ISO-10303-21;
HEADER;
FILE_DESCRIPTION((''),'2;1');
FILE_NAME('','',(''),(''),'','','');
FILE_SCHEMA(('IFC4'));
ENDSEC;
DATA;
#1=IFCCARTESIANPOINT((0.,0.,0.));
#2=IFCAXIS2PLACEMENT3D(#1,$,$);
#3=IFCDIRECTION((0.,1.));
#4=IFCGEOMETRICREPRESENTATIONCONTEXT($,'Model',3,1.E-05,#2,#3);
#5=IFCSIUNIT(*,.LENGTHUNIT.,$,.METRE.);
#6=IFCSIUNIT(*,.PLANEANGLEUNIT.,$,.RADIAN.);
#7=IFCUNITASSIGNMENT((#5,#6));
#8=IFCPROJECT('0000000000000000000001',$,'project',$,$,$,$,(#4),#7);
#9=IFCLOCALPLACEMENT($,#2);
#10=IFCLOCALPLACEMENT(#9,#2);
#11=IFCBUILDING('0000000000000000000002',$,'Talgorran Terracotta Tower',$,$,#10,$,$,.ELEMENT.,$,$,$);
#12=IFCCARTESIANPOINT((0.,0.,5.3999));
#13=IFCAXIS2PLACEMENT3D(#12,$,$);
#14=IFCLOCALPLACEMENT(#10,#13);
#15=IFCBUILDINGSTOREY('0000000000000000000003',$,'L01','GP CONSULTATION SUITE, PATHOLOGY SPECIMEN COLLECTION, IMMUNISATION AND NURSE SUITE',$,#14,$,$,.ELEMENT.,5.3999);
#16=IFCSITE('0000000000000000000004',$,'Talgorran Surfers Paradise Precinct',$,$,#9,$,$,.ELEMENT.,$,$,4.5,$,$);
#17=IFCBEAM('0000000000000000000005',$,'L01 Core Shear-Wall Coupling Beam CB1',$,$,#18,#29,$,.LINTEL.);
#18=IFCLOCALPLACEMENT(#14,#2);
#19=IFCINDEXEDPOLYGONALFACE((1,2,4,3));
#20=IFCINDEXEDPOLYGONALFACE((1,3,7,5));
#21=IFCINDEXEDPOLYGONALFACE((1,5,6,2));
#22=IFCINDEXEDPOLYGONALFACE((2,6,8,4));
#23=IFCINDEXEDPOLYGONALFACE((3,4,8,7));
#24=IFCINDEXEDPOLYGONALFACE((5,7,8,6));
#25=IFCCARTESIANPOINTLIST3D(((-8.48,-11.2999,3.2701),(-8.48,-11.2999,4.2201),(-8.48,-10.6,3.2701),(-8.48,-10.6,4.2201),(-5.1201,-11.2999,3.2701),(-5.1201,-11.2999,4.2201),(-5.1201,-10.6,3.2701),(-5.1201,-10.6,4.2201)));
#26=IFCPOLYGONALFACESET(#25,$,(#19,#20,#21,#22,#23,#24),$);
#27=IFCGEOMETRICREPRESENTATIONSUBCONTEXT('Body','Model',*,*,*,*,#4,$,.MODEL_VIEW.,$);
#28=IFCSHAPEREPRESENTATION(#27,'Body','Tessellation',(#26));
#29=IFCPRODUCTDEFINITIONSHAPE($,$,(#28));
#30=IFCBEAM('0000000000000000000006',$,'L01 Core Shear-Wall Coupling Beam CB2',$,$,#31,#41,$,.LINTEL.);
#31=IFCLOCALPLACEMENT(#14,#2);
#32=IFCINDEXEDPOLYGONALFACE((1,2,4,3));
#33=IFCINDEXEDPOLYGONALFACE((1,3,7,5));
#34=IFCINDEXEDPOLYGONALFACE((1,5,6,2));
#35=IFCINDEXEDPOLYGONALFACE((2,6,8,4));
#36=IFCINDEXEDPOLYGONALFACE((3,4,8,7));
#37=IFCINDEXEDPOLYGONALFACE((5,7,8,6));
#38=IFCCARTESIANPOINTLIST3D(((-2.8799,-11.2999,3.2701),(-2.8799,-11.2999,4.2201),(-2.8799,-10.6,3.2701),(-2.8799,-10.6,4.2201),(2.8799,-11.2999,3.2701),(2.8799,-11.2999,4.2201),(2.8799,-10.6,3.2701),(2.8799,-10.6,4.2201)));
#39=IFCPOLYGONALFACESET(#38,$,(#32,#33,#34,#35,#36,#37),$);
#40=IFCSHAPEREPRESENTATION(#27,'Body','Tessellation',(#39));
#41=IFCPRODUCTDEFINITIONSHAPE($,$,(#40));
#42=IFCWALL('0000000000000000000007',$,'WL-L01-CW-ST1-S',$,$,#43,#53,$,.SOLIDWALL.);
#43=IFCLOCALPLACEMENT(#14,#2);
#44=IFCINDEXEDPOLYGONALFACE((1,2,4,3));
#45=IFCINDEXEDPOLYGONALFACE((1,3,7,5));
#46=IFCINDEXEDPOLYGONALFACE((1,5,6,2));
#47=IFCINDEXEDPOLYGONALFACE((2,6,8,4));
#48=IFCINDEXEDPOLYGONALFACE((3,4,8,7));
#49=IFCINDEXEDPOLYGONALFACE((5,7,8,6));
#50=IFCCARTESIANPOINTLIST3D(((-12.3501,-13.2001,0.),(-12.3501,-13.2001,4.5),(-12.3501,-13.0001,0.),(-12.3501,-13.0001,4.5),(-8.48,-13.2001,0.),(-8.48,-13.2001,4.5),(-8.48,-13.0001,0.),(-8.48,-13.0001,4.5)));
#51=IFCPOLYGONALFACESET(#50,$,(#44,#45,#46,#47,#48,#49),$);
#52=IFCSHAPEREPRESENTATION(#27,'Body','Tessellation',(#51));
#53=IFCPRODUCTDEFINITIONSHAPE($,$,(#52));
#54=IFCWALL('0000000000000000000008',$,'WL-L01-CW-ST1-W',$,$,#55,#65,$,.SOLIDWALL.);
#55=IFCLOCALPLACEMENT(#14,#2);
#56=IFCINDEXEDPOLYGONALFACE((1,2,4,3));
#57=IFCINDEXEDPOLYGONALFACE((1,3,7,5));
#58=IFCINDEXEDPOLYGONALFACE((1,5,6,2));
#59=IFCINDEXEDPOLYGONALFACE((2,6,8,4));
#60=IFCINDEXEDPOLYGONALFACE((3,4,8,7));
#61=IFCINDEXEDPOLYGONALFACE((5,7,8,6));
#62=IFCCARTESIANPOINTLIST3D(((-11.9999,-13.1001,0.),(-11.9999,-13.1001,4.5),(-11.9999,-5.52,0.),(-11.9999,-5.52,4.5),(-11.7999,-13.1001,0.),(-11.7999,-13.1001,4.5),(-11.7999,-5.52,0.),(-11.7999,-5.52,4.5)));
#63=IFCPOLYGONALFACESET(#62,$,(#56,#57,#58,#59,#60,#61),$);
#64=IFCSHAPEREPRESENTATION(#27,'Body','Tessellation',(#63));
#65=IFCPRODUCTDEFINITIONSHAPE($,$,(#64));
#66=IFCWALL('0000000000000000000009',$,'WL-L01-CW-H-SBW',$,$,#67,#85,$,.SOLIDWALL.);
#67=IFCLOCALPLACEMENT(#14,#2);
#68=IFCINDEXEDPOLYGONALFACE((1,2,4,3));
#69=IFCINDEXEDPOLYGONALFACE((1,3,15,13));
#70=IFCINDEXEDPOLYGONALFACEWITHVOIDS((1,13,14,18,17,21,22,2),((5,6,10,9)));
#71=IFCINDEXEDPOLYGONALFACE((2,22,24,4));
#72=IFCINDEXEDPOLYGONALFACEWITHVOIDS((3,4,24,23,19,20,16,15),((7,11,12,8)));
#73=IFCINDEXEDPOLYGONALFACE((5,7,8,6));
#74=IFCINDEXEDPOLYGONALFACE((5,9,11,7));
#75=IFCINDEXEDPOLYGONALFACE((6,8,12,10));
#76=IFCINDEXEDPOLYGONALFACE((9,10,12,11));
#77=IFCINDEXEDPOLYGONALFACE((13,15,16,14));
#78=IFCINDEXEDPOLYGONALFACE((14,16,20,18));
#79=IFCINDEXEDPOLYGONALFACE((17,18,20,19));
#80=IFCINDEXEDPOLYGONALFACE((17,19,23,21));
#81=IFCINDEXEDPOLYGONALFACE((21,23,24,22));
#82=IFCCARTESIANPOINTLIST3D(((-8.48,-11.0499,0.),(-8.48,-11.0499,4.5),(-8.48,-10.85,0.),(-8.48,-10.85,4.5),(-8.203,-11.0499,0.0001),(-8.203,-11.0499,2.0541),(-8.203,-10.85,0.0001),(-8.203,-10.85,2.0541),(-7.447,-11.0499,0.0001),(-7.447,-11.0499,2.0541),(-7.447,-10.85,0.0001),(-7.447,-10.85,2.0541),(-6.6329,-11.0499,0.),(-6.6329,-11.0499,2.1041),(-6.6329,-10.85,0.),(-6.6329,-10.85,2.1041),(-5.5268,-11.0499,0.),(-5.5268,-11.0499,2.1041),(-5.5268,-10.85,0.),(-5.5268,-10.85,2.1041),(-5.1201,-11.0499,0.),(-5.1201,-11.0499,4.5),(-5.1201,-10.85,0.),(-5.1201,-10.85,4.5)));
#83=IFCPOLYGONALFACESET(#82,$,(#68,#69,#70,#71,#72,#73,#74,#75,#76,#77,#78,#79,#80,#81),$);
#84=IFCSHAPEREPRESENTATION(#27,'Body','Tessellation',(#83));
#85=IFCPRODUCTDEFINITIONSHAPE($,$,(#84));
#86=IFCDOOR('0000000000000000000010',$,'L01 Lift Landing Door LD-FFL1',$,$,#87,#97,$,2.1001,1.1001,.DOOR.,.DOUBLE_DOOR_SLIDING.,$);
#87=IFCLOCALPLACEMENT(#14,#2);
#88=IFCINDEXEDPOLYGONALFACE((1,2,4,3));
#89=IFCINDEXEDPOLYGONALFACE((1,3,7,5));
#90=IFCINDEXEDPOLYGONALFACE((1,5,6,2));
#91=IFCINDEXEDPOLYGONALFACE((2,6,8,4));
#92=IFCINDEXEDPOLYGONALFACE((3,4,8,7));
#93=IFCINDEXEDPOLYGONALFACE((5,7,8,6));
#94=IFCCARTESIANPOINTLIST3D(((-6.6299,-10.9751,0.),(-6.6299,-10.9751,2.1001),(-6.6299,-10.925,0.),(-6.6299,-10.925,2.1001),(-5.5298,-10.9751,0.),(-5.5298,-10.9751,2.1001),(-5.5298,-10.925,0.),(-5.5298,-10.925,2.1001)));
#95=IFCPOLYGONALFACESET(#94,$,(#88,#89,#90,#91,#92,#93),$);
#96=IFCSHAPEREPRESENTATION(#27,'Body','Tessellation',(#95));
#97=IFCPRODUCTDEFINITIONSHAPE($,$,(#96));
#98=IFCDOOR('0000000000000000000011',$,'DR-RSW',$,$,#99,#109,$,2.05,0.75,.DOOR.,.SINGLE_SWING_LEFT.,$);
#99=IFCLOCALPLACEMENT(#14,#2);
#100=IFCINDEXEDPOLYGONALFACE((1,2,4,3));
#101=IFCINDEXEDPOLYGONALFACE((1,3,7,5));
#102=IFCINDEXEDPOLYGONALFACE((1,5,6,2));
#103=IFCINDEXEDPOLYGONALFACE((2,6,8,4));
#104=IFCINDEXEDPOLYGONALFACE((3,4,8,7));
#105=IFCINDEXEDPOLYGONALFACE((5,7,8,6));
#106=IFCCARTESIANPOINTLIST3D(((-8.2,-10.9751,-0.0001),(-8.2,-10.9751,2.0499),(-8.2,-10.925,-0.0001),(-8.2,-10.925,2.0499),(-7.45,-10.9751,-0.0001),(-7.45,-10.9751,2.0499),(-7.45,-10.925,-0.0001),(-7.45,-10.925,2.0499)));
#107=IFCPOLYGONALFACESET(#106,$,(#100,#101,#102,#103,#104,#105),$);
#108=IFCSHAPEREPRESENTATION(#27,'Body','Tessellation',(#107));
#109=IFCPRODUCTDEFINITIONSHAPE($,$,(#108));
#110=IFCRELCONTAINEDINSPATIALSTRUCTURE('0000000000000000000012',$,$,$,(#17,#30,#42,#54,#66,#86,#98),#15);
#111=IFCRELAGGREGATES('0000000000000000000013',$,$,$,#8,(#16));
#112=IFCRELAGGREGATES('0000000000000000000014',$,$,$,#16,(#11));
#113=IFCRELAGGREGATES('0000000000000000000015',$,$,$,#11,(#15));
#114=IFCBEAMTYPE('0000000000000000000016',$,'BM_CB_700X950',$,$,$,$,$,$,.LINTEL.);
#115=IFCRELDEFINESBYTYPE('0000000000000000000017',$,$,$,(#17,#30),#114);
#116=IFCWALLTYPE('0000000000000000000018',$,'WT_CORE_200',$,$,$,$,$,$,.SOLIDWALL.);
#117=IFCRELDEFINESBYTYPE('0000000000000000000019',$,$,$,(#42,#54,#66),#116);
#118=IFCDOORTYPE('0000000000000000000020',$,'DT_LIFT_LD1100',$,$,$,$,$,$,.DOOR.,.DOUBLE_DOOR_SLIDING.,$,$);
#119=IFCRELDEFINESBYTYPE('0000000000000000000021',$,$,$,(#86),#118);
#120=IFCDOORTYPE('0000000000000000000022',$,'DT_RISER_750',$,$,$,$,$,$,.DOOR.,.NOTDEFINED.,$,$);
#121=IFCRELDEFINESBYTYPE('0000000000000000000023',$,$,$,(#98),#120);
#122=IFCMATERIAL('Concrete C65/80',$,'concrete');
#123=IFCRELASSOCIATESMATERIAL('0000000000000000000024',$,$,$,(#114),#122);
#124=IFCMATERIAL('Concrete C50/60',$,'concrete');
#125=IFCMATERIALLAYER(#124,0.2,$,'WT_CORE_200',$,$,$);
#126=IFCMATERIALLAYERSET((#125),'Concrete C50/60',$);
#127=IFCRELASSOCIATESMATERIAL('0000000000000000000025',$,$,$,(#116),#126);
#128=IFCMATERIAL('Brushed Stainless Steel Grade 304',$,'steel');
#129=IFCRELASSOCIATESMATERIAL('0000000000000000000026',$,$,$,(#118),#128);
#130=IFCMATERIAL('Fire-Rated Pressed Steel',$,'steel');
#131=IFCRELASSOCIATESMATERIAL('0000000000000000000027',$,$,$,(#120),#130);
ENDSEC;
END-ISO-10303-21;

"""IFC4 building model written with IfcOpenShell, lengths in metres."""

from ifc_helpers import new_model, si_unit, direction, frame, frame_2d, origin, origin_2d, place, context, subcontext, project, spatial, rectangle, extrude, material, layer, layer_set, material_profile, profile_set, type_object, element, fill, save


model = new_model("IFC4")

# Units and contexts
model_context = context("Model", 3, precision=1e-05, world=origin(), true_north=direction((0.0, 1.0)))
body_context = subcontext(model_context, "Body", "Model", "MODEL_VIEW")
ifc_project = project(units=[si_unit("LENGTHUNIT", "METRE"), si_unit("PLANEANGLEUNIT", "RADIAN")], contexts=[model_context])

# Site, building, storey
site_placement = place(None, origin())
site = spatial("IfcSite", under=ifc_project, at=site_placement, Name="Talgorran Surfers Paradise Precinct", CompositionType="ELEMENT", RefElevation=4.5)
building_placement = place(site_placement, origin())
building = spatial("IfcBuilding", under=site, at=building_placement, Name="Talgorran Terracotta Tower", CompositionType="ELEMENT")
storey_placement = place(building_placement, frame((0.0, 0.0, 5.3999)))
storey = spatial("IfcBuildingStorey", under=building, at=storey_placement, Name="L01", Description="GP CONSULTATION SUITE, PATHOLOGY SPECIMEN COLLECTION, IMMUNISATION AND NURSE SUITE", CompositionType="ELEMENT", Elevation=5.3999)

# Beams
ifc_material_1 = material(Name="Concrete C65/80", Category="concrete")
ifc_material_profile = material_profile(ifc_material_1, rectangle(XDim=0.7, YDim=0.95, at=origin_2d()), Name="RCCB700X950")
ifc_profile_set = profile_set([ifc_material_profile], Name="Concrete C65/80")
beam_type = type_object("IfcBeamType", Name="BM_CB_700X950", PredefinedType="LINTEL", material=ifc_profile_set)
beam_1_placement = place(storey_placement, frame((-8.48, -10.95, 3.7451), z_axis=(1.0, 0.0, 0.0), x_axis=(0.0, 1.0, 0.0)))
element("IfcBeam", 1, at=beam_1_placement, inside=storey, type_object=beam_type, Name="L01 Core Shear-Wall Coupling Beam CB1", PredefinedType="LINTEL", context=body_context, shape_type="SweptSolid", body=[
    extrude(rectangle(XDim=0.7, YDim=0.95, at=origin_2d()), origin(), (0.0, 0.0, 1.0), 3.3599),
])
beam_2_placement = place(storey_placement, frame((-2.8799, -10.95, 3.7451), z_axis=(1.0, 0.0, 0.0), x_axis=(0.0, 1.0, 0.0)))
element("IfcBeam", 2, at=beam_2_placement, inside=storey, type_object=beam_type, Name="L01 Core Shear-Wall Coupling Beam CB2", PredefinedType="LINTEL", context=body_context, shape_type="SweptSolid", body=[
    extrude(rectangle(XDim=0.7, YDim=0.95, at=origin_2d()), origin(), (0.0, 0.0, 1.0), 5.7598),
])

# Walls
ifc_material_2 = material(Name="Concrete C50/60", Category="concrete")
ifc_layer_1 = layer(ifc_material_2, 0.2, Name="WT_CORE_200")
ifc_layer_set_1 = layer_set([ifc_layer_1], Name="Concrete C50/60")
wall_type_1 = type_object("IfcWallType", Name="WT_CORE_200", PredefinedType="SOLIDWALL", material=ifc_layer_set_1)
wall_1_placement = place(storey_placement, frame((-12.3501, -13.1001, 0.0), z_axis=(0.0, 0.0, 1.0), x_axis=(1.0, 0.0, 0.0)))
element("IfcWall", 3, at=wall_1_placement, inside=storey, type_object=wall_type_1, Name="WL-L01-CW-ST1-S", PredefinedType="SOLIDWALL", context=body_context, shape_type="SweptSolid", body=[
    extrude(rectangle(XDim=3.8701, YDim=0.2, at=frame_2d((1.9351, 0.0))), origin(), (0.0, 0.0, 1.0), 4.5),
])
wall_2_placement = place(storey_placement, frame((-11.8999, -13.1001, 0.0), z_axis=(0.0, 0.0, 1.0), x_axis=(0.0, 1.0, 0.0)))
element("IfcWall", 4, at=wall_2_placement, inside=storey, type_object=wall_type_1, Name="WL-L01-CW-ST1-W", PredefinedType="SOLIDWALL", context=body_context, shape_type="SweptSolid", body=[
    extrude(rectangle(XDim=7.5801, YDim=0.2, at=frame_2d((3.79, 0.0))), origin(), (0.0, 0.0, 1.0), 4.5),
])

# Wall, openings, doors
wall_3_placement = place(storey_placement, frame((-8.48, -10.95, 0.0), z_axis=(0.0, 0.0, 1.0), x_axis=(1.0, 0.0, 0.0)))
wall_3 = element("IfcWall", 5, at=wall_3_placement, inside=storey, type_object=wall_type_1, Name="WL-L01-CW-H-SBW", PredefinedType="SOLIDWALL", context=body_context, shape_type="SweptSolid", body=[
    extrude(rectangle(XDim=3.3599, YDim=0.2, at=frame_2d((1.6799, 0.0))), origin(), (0.0, 0.0, 1.0), 4.5),
])
opening_1_placement = place(wall_3_placement, frame((0.28, 0.0, 0.0)))
opening_1 = element("IfcOpeningElement", 6, at=opening_1_placement, cuts=wall_3, PredefinedType="OPENING", context=body_context, shape_type="SweptSolid", body=[
    extrude(rectangle(XDim=0.756, YDim=2.054, at=frame_2d((0.375, 1.0271))), frame((0.0, 0.1099, 0.0), z_axis=(0.0, -1.0, 0.0), x_axis=(1.0, 0.0, 0.0)), (0.0, 0.0, 1.0), 0.22),
])
opening_2_placement = place(wall_3_placement, frame((1.8501, 0.0, 0.0)))
opening_2 = element("IfcOpeningElement", 7, at=opening_2_placement, cuts=wall_3, PredefinedType="OPENING", context=body_context, shape_type="SweptSolid", body=[
    extrude(rectangle(XDim=1.1061, YDim=2.1041, at=frame_2d((0.55, 1.052))), frame((0.0, 0.1099, 0.0), z_axis=(0.0, -1.0, 0.0), x_axis=(1.0, 0.0, 0.0)), (0.0, 0.0, 1.0), 0.22),
])
ifc_material_3 = material(Name="Brushed Stainless Steel Grade 304", Category="steel")
door_type_1 = type_object("IfcDoorType", Name="DT_LIFT_LD1100", OperationType="DOUBLE_DOOR_SLIDING", PredefinedType="DOOR", material=ifc_material_3)
door_1_placement = place(opening_2_placement, origin())
door_1 = element("IfcDoor", 8, at=door_1_placement, inside=storey, type_object=door_type_1, Name="L01 Lift Landing Door LD-FFL1", OperationType="DOUBLE_DOOR_SLIDING", OverallHeight=2.1001, OverallWidth=1.1001, PredefinedType="DOOR", context=body_context, shape_type="SweptSolid", body=[
    extrude(rectangle(XDim=1.1001, YDim=2.1001, at=frame_2d((0.55, 1.05))), frame((0.0, 0.0249, 0.0), z_axis=(0.0, -1.0, 0.0), x_axis=(1.0, 0.0, 0.0)), (0.0, 0.0, 1.0), 0.05),
])
fill(opening_2, door_1)
ifc_material_4 = material(Name="Fire-Rated Pressed Steel", Category="steel")
door_type_2 = type_object("IfcDoorType", Name="DT_RISER_750", OperationType="NOTDEFINED", PredefinedType="DOOR", material=ifc_material_4)
door_2_placement = place(opening_1_placement, origin())
door_2 = element("IfcDoor", 9, at=door_2_placement, inside=storey, type_object=door_type_2, Name="DR-RSW", OperationType="SINGLE_SWING_LEFT", OverallHeight=2.05, OverallWidth=0.75, PredefinedType="DOOR", context=body_context, shape_type="SweptSolid", body=[
    extrude(rectangle(XDim=0.75, YDim=2.05, at=frame_2d((0.375, 1.0249))), frame((0.0, 0.0249, 0.0), z_axis=(0.0, -1.0, 0.0), x_axis=(1.0, 0.0, 0.0)), (0.0, 0.0, 1.0), 0.05),
])
fill(opening_1, door_2)

save(model, "model.ifc")
